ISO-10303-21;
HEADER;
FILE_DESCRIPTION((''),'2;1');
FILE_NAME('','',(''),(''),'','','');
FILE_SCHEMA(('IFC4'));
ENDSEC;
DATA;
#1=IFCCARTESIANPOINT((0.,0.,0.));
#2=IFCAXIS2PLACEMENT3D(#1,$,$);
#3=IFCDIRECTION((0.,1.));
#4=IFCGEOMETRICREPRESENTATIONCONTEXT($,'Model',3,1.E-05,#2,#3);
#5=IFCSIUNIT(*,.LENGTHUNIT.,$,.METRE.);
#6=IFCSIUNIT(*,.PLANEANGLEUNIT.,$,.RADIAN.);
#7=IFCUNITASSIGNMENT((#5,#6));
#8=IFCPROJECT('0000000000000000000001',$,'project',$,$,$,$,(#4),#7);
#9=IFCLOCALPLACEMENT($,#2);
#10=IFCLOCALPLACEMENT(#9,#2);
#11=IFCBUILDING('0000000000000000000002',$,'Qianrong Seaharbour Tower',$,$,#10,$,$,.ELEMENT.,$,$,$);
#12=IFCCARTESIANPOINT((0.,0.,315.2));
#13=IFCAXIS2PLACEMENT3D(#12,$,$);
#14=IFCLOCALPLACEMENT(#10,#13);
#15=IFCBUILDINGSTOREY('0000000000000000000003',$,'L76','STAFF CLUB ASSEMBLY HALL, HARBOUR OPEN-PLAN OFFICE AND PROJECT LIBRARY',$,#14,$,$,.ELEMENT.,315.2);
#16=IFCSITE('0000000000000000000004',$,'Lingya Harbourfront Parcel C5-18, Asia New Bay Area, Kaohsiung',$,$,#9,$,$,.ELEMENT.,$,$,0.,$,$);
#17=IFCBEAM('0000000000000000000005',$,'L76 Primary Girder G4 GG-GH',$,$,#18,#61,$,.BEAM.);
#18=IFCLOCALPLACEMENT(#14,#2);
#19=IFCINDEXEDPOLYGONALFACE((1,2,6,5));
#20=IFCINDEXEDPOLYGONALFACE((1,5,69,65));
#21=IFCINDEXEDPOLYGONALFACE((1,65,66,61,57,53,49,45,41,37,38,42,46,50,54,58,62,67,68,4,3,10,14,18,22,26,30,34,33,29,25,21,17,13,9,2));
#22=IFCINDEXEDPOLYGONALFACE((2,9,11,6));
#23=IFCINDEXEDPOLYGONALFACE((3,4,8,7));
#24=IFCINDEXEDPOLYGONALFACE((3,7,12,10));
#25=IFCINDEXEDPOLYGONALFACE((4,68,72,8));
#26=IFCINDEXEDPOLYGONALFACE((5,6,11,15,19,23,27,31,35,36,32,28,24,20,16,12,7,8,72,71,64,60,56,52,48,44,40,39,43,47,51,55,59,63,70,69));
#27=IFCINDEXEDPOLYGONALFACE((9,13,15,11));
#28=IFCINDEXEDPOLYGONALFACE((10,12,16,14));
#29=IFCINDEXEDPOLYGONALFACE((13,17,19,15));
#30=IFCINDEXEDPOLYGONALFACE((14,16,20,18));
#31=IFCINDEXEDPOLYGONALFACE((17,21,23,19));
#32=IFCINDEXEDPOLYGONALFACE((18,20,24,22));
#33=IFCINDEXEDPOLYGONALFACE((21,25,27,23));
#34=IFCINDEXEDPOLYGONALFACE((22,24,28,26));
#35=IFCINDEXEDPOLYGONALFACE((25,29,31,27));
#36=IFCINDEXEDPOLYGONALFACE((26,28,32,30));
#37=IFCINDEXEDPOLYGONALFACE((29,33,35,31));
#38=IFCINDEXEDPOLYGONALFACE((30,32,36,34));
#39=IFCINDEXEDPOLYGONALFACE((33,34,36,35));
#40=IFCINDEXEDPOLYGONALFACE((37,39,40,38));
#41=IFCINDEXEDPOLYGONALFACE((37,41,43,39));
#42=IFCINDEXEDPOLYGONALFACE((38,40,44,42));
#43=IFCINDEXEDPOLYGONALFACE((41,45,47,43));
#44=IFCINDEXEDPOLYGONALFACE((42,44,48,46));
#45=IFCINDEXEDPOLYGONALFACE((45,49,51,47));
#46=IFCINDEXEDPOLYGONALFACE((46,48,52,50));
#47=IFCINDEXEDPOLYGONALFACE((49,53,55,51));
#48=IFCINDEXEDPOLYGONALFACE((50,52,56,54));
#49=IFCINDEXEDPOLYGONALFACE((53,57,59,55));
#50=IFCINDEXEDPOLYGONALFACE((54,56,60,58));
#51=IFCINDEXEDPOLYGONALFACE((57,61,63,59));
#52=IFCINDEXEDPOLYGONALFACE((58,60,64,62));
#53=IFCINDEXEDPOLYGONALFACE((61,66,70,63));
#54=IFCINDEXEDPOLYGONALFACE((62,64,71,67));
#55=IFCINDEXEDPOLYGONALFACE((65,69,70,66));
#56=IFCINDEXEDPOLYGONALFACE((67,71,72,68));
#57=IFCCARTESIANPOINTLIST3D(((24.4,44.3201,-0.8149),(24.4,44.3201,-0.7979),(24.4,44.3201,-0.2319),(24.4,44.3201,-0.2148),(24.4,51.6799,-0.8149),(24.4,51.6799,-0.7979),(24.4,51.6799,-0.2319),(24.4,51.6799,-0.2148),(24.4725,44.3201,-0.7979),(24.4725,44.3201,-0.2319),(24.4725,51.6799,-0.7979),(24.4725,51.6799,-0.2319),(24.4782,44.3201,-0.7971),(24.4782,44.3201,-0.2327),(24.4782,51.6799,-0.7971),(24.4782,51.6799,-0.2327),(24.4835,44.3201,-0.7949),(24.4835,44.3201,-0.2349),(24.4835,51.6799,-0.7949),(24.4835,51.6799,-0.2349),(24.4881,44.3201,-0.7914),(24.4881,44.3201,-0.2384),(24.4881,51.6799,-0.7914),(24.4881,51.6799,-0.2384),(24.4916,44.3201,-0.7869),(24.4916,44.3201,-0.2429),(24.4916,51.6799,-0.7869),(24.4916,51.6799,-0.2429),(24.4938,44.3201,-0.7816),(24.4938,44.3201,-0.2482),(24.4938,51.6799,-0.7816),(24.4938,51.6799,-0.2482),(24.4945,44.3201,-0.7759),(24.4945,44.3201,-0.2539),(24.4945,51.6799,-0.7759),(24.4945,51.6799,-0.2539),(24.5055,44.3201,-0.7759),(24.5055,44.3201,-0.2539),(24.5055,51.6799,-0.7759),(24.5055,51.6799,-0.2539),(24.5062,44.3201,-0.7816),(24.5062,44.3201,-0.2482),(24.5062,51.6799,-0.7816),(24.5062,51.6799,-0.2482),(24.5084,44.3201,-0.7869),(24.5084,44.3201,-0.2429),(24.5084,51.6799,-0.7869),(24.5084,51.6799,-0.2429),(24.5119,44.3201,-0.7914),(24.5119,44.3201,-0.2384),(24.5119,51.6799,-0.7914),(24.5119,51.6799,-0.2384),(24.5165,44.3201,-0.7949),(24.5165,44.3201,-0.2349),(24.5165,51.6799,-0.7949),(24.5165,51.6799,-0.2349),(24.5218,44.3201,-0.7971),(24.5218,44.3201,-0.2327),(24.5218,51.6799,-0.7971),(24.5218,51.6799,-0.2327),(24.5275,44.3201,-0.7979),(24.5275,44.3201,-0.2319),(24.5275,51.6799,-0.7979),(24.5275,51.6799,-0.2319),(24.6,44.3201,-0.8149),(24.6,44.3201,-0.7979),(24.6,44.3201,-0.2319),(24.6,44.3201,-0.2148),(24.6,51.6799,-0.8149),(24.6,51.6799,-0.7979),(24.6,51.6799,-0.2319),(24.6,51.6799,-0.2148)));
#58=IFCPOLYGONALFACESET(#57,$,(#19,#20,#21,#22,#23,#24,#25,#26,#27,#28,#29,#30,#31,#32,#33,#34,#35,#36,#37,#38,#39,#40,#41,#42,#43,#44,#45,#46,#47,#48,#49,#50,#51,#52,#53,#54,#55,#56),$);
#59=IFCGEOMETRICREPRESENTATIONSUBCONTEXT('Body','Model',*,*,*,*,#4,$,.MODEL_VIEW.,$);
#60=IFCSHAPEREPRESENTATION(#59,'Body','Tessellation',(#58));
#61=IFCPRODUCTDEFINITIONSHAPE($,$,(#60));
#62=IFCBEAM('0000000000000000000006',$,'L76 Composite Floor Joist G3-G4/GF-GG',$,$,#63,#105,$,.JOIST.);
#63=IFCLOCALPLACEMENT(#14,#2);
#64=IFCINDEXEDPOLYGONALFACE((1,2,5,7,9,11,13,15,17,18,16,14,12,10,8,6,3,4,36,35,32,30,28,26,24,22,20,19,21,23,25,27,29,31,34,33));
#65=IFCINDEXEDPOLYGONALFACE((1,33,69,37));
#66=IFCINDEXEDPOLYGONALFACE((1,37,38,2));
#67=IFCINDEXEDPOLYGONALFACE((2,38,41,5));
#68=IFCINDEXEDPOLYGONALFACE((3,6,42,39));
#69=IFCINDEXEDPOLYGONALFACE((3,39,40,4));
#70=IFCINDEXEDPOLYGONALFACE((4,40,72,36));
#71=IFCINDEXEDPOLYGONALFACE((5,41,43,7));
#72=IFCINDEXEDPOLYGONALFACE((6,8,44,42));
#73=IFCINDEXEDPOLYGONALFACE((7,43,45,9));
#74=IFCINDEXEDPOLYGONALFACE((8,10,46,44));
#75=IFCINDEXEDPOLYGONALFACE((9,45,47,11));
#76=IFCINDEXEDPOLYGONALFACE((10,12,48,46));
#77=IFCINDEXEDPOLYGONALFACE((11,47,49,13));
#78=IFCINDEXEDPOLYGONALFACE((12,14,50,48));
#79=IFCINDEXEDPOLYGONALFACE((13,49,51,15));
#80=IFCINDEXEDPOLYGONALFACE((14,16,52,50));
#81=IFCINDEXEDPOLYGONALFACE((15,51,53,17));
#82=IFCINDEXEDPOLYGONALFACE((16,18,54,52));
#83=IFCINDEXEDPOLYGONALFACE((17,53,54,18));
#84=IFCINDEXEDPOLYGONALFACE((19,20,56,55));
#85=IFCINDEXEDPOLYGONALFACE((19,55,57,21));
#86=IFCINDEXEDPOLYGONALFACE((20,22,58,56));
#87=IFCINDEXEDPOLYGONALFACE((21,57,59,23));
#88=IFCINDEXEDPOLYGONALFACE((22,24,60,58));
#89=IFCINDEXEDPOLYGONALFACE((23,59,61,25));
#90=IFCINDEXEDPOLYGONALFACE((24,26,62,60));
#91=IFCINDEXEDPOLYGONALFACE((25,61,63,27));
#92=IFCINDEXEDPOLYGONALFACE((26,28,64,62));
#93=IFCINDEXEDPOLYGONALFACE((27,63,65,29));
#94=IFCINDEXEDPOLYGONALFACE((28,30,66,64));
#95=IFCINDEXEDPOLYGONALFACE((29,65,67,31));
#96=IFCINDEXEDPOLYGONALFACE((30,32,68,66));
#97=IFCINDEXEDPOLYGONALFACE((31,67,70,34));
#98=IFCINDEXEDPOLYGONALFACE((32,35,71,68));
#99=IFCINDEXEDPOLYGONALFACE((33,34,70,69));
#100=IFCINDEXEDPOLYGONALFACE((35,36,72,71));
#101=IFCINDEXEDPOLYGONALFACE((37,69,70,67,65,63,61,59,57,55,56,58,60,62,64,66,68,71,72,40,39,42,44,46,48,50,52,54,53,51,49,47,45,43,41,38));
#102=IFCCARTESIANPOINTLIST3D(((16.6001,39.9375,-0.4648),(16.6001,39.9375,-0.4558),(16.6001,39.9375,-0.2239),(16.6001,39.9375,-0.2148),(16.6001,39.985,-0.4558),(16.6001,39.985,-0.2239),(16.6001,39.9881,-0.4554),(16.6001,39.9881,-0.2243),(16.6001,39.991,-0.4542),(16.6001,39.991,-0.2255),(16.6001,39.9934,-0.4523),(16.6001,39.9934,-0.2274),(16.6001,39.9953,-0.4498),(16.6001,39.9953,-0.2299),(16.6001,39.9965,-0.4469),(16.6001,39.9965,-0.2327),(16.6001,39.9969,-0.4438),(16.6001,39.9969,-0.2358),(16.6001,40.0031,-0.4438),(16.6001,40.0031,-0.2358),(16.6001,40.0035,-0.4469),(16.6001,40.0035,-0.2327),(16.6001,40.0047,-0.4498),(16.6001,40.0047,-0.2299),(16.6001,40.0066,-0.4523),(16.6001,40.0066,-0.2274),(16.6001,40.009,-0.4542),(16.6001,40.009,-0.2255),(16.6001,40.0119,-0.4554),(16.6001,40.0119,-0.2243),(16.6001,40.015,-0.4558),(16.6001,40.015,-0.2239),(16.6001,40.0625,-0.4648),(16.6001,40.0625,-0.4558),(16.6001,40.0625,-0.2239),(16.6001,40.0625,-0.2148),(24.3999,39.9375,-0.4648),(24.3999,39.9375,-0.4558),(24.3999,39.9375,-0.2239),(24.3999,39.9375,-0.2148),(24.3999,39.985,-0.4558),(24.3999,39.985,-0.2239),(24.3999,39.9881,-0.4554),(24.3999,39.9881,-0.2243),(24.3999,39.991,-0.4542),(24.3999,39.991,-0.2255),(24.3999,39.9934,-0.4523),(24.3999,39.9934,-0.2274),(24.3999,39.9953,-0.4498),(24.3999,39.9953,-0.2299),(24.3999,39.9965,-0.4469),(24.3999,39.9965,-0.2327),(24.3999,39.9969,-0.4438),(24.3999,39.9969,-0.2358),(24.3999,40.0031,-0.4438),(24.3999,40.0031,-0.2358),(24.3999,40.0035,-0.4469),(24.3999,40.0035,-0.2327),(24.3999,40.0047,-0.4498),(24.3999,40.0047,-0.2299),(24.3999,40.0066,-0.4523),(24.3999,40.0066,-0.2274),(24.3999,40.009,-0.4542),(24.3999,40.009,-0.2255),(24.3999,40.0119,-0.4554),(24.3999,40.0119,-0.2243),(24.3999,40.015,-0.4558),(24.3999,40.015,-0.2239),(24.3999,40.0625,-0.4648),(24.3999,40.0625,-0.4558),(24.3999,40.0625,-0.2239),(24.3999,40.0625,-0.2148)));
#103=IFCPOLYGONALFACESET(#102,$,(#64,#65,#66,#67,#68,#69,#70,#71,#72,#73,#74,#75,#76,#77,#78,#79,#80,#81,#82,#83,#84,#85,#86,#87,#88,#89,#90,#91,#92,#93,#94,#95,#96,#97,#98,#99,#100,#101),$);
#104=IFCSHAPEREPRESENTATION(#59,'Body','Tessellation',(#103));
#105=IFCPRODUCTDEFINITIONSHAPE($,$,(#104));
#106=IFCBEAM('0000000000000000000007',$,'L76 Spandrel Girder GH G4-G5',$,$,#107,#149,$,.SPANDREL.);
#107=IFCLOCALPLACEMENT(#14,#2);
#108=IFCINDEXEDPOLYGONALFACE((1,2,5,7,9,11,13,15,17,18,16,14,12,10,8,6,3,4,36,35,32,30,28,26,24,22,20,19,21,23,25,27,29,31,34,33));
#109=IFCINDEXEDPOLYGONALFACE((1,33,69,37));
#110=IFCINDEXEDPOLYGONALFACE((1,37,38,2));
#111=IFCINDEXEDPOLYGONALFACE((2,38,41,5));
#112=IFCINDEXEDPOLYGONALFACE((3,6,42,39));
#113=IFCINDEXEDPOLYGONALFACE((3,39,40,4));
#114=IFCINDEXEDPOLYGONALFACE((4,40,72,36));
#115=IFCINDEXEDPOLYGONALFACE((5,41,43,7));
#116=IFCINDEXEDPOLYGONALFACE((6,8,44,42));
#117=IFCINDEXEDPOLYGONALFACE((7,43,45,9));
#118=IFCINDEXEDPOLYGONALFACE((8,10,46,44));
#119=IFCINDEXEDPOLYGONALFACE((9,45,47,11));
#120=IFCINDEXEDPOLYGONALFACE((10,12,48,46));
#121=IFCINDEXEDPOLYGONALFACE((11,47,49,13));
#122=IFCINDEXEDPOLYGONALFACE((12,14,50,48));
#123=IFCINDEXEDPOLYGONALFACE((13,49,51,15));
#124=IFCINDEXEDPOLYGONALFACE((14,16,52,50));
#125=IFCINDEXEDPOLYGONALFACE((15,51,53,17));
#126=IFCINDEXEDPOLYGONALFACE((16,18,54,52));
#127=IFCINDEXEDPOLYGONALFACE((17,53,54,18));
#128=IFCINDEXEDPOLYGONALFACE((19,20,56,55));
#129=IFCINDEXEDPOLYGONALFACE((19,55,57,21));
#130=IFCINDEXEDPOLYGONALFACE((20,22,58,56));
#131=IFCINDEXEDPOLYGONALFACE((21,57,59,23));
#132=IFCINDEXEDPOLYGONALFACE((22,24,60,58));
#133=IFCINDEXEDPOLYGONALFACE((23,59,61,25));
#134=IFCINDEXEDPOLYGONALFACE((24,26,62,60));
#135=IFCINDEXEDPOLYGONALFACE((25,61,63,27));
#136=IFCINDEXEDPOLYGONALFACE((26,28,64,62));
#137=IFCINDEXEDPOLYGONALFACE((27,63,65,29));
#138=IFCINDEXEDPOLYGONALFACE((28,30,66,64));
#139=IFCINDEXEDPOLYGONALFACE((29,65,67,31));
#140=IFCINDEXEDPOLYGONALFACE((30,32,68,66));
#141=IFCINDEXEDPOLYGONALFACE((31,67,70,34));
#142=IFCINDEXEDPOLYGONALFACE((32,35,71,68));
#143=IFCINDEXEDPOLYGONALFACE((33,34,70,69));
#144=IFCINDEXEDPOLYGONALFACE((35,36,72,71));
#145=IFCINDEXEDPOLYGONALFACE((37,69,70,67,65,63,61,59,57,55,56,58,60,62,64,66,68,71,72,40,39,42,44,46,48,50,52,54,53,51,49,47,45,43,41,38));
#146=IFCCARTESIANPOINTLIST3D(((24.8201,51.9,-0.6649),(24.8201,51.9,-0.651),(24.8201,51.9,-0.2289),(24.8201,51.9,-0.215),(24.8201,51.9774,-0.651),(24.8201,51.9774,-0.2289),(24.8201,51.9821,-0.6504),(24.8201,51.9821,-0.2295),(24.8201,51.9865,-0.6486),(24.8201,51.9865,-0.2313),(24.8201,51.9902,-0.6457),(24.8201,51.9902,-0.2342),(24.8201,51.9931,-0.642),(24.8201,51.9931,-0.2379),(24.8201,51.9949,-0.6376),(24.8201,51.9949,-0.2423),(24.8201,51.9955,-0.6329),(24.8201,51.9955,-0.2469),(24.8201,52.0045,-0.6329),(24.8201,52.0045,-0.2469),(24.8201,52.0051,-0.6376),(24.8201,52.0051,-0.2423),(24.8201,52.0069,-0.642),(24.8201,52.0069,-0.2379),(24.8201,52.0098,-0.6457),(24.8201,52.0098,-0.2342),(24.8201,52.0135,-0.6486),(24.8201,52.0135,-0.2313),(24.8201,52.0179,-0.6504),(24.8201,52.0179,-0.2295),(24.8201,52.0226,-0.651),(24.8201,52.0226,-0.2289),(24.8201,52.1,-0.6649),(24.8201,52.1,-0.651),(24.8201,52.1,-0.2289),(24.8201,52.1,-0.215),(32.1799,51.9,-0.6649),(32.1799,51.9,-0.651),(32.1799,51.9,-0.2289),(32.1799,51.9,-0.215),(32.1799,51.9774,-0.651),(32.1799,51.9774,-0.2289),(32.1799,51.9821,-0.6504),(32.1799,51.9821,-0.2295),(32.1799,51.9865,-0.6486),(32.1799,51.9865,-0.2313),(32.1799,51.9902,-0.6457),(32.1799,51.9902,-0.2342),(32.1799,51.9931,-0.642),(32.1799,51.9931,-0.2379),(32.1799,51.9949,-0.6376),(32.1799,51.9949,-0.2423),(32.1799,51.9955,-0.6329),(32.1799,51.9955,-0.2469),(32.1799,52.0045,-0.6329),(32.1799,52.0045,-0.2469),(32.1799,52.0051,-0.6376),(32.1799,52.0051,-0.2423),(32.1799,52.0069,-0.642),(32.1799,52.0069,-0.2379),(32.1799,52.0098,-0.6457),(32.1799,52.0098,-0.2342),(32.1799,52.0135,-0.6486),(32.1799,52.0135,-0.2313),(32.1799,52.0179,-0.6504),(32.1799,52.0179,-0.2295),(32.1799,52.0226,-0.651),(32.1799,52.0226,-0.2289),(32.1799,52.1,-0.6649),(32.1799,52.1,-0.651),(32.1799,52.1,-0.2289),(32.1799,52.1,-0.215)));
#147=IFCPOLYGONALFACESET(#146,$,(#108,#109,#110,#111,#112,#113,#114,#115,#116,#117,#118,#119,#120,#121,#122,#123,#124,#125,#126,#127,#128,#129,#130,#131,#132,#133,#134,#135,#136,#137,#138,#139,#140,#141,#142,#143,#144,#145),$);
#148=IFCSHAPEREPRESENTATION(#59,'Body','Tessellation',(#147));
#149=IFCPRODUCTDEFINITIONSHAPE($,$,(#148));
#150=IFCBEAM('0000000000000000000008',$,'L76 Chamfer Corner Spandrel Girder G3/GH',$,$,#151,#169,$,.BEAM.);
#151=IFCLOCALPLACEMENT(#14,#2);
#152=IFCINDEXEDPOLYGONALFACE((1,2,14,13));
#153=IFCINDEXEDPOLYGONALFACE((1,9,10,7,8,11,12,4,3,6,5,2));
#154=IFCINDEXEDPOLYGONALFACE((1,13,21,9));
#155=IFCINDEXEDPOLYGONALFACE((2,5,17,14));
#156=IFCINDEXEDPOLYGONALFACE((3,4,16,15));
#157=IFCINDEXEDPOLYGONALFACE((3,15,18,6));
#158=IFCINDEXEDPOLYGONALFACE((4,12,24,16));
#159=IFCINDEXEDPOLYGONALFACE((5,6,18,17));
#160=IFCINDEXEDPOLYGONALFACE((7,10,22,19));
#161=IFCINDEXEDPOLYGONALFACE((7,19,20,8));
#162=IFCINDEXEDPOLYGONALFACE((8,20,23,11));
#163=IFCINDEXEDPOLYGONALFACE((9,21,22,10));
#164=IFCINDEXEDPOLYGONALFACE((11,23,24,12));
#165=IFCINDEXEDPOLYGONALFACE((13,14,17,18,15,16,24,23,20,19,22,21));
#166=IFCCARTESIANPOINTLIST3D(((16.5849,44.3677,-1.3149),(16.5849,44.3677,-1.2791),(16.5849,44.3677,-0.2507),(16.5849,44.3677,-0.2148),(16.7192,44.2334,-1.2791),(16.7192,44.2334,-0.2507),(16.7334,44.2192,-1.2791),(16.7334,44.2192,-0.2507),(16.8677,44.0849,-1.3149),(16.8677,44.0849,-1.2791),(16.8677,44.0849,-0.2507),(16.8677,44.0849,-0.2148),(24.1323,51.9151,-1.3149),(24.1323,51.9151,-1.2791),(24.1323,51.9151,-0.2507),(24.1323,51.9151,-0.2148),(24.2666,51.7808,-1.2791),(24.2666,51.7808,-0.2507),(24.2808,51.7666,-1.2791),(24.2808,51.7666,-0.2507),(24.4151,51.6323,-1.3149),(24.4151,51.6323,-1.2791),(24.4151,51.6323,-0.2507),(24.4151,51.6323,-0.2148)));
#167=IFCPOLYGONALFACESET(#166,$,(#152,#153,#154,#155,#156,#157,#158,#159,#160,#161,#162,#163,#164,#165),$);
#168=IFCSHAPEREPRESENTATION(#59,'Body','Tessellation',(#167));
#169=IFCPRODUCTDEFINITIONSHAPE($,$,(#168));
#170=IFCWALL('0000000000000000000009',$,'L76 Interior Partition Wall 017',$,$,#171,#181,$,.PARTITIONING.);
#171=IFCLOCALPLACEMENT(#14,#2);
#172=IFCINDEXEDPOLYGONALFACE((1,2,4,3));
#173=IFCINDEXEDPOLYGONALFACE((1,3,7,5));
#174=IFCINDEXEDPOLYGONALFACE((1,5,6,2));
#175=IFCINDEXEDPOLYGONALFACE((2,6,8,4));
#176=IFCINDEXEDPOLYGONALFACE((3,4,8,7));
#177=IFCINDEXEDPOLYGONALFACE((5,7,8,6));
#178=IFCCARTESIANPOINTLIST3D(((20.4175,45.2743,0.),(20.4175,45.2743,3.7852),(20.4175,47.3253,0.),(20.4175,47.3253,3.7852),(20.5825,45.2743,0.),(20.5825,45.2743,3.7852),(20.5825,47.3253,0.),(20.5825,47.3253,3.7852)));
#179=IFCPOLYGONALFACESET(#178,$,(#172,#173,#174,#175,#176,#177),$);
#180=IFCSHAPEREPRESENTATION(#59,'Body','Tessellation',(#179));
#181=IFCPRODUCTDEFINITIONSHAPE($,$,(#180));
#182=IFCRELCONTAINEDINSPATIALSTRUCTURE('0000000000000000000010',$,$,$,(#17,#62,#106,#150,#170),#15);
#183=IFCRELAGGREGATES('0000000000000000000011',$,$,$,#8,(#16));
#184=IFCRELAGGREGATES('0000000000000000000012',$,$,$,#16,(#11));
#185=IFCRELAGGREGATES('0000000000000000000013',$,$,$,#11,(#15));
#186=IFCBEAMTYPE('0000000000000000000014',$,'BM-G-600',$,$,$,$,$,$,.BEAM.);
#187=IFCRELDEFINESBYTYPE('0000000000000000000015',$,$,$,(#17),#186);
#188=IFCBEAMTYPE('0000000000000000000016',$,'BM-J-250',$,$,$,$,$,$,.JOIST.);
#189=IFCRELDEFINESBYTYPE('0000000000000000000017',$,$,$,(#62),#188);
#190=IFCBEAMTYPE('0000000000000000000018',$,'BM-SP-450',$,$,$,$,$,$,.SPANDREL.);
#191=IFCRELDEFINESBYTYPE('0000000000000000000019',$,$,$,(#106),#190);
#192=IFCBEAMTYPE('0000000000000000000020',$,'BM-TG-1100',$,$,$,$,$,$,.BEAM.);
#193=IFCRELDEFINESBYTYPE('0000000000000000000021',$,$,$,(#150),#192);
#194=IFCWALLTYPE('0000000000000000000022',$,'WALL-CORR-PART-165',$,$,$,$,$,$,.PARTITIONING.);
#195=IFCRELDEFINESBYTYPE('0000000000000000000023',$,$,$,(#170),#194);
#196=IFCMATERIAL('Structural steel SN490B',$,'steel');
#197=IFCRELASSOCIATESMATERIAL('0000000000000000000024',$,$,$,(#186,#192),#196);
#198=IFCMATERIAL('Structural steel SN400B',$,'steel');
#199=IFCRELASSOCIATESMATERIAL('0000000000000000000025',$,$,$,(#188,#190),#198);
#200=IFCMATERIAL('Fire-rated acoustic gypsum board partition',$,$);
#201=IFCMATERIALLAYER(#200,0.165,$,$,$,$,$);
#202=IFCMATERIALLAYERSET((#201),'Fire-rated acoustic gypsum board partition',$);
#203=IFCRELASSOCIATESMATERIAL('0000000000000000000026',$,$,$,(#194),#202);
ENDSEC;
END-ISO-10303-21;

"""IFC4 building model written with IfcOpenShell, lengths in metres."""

from ifc_helpers import new_model, si_unit, direction, frame, frame_2d, origin, origin_2d, place, context, subcontext, project, spatial, rectangle, i_section, extrude, material, layer, layer_set, material_profile, profile_set, type_object, element, save


model = new_model("IFC4")

# Units and contexts
model_context = context("Model", 3, precision=1e-05, world=origin(), true_north=direction((0.0, 1.0)))
body_context = subcontext(model_context, "Body", "Model", "MODEL_VIEW")
ifc_project = project(units=[si_unit("LENGTHUNIT", "METRE"), si_unit("PLANEANGLEUNIT", "RADIAN")], contexts=[model_context])

# Site, building, storey
site_placement = place(None, origin())
site = spatial("IfcSite", under=ifc_project, at=site_placement, Name="Lingya Harbourfront Parcel C5-18, Asia New Bay Area, Kaohsiung", CompositionType="ELEMENT", RefElevation=0.0)
building_placement = place(site_placement, origin())
building = spatial("IfcBuilding", under=site, at=building_placement, Name="Qianrong Seaharbour Tower", CompositionType="ELEMENT")
storey_placement = place(building_placement, frame((0.0, 0.0, 315.2)))
storey = spatial("IfcBuildingStorey", under=building, at=storey_placement, Name="L76", Description="STAFF CLUB ASSEMBLY HALL, HARBOUR OPEN-PLAN OFFICE AND PROJECT LIBRARY", CompositionType="ELEMENT", Elevation=315.2)

# Shared definitions
ifc_material_1 = material(Name="Structural steel SN490B", Category="steel")
ifc_material_2 = material(Name="Structural steel SN400B", Category="steel")

# Beams
ifc_material_profile_1 = material_profile(ifc_material_1, i_section(OverallWidth=0.2, OverallDepth=0.6001, WebThickness=0.011, FlangeThickness=0.0171, FilletRadius=0.022, at=origin_2d()), Name="H600x200x11x17")
ifc_profile_set_1 = profile_set([ifc_material_profile_1], Name="Structural steel SN490B")
beam_type_1 = type_object("IfcBeamType", Name="BM-G-600", PredefinedType="BEAM", material=ifc_profile_set_1)
for number, where, z_axis, x_axis, name in (
    (1, (24.5, 44.3201, -0.5149), (0.0, 1.0, 0.0), (-1.0, 0.0, 0.0), "L76 Primary Girder G4 GG-GH"),
):
    element("IfcBeam", number, at=place(storey_placement, frame(where, z_axis=z_axis, x_axis=x_axis)), inside=storey, type_object=beam_type_1, Name=name, PredefinedType="BEAM", context=body_context, shape_type="SweptSolid", body=[
        extrude(i_section(OverallWidth=0.2, OverallDepth=0.6001, WebThickness=0.011, FlangeThickness=0.0171, FilletRadius=0.022, at=origin_2d()), origin(), (0.0, 0.0, 1.0), 7.3599),
    ])
ifc_material_profile_2 = material_profile(ifc_material_2, i_section(OverallWidth=0.125, OverallDepth=0.25, WebThickness=0.0061, FlangeThickness=0.009, FilletRadius=0.012, at=origin_2d()), Name="H250x125x6x9")
ifc_profile_set_2 = profile_set([ifc_material_profile_2], Name="Structural steel SN400B")
beam_type_2 = type_object("IfcBeamType", Name="BM-J-250", PredefinedType="JOIST", material=ifc_profile_set_2)
beam_1_placement = place(storey_placement, frame((16.6001, 40.0, -0.3398), z_axis=(1.0, 0.0, 0.0), x_axis=(0.0, 1.0, 0.0)))
element("IfcBeam", 2, at=beam_1_placement, inside=storey, type_object=beam_type_2, Name="L76 Composite Floor Joist G3-G4/GF-GG", PredefinedType="JOIST", context=body_context, shape_type="SweptSolid", body=[
    extrude(i_section(OverallWidth=0.125, OverallDepth=0.25, WebThickness=0.0061, FlangeThickness=0.009, FilletRadius=0.012, at=origin_2d()), origin(), (0.0, 0.0, 1.0), 7.7998),
])
ifc_material_profile_3 = material_profile(ifc_material_2, i_section(OverallWidth=0.2, OverallDepth=0.45, WebThickness=0.009, FlangeThickness=0.0139, FilletRadius=0.0181, at=origin_2d()), Name="H450x200x9x14")
ifc_profile_set_3 = profile_set([ifc_material_profile_3], Name="Structural steel SN400B")
beam_type_3 = type_object("IfcBeamType", Name="BM-SP-450", PredefinedType="SPANDREL", material=ifc_profile_set_3)
beam_2_placement = place(storey_placement, frame((24.8201, 52.0, -0.4399), z_axis=(1.0, 0.0, 0.0), x_axis=(0.0, 1.0, 0.0)))
element("IfcBeam", 3, at=beam_2_placement, inside=storey, type_object=beam_type_3, Name="L76 Spandrel Girder GH G4-G5", PredefinedType="SPANDREL", context=body_context, shape_type="SweptSolid", body=[
    extrude(i_section(OverallWidth=0.2, OverallDepth=0.45, WebThickness=0.009, FlangeThickness=0.0139, FilletRadius=0.0181, at=origin_2d()), origin(), (0.0, 0.0, 1.0), 7.3599),
])
ifc_material_profile_4 = material_profile(ifc_material_1, i_section(OverallWidth=0.3999, OverallDepth=1.1001, WebThickness=0.02, FlangeThickness=0.0359, at=origin_2d()), Name="BH1100x400x20x36")
ifc_profile_set_4 = profile_set([ifc_material_profile_4], Name="Structural steel SN490B")
beam_type_4 = type_object("IfcBeamType", Name="BM-TG-1100", PredefinedType="BEAM", material=ifc_profile_set_4)
beam_3_placement = place(storey_placement, frame((24.2737, 51.7737, -0.7649), z_axis=(-0.707107, -0.707107, 0.0), x_axis=(0.707107, -0.707107, 0.0)))
element("IfcBeam", 4, at=beam_3_placement, inside=storey, type_object=beam_type_4, Name="L76 Chamfer Corner Spandrel Girder G3/GH", PredefinedType="BEAM", context=body_context, shape_type="SweptSolid", body=[
    extrude(i_section(OverallWidth=0.3999, OverallDepth=1.1001, WebThickness=0.02, FlangeThickness=0.0359, at=origin_2d()), origin(), (0.0, 0.0, 1.0), 10.6736),
])

# Shared definitions
ifc_material_3 = material(Name="Fire-rated acoustic gypsum board partition")
ifc_layer_1 = layer(ifc_material_3, 0.165)
ifc_layer_set_1 = layer_set([ifc_layer_1], Name="Fire-rated acoustic gypsum board partition")
wall_type_1 = type_object("IfcWallType", Name="WALL-CORR-PART-165", PredefinedType="PARTITIONING", material=ifc_layer_set_1)

# Wall
wall_1_placement = place(storey_placement, frame((20.5, 45.2744, 0.0), z_axis=(0.0, 0.0, 1.0), x_axis=(0.0, 1.0, 0.0)))
element("IfcWall", 5, at=wall_1_placement, inside=storey, type_object=wall_type_1, Name="L76 Interior Partition Wall 017", PredefinedType="PARTITIONING", context=body_context, shape_type="SweptSolid", body=[
    extrude(rectangle(XDim=2.051, YDim=0.165, at=frame_2d((1.0254, 0.0))), origin(), (0.0, 0.0, 1.0), 3.7852),
])

save(model, "model.ifc")
